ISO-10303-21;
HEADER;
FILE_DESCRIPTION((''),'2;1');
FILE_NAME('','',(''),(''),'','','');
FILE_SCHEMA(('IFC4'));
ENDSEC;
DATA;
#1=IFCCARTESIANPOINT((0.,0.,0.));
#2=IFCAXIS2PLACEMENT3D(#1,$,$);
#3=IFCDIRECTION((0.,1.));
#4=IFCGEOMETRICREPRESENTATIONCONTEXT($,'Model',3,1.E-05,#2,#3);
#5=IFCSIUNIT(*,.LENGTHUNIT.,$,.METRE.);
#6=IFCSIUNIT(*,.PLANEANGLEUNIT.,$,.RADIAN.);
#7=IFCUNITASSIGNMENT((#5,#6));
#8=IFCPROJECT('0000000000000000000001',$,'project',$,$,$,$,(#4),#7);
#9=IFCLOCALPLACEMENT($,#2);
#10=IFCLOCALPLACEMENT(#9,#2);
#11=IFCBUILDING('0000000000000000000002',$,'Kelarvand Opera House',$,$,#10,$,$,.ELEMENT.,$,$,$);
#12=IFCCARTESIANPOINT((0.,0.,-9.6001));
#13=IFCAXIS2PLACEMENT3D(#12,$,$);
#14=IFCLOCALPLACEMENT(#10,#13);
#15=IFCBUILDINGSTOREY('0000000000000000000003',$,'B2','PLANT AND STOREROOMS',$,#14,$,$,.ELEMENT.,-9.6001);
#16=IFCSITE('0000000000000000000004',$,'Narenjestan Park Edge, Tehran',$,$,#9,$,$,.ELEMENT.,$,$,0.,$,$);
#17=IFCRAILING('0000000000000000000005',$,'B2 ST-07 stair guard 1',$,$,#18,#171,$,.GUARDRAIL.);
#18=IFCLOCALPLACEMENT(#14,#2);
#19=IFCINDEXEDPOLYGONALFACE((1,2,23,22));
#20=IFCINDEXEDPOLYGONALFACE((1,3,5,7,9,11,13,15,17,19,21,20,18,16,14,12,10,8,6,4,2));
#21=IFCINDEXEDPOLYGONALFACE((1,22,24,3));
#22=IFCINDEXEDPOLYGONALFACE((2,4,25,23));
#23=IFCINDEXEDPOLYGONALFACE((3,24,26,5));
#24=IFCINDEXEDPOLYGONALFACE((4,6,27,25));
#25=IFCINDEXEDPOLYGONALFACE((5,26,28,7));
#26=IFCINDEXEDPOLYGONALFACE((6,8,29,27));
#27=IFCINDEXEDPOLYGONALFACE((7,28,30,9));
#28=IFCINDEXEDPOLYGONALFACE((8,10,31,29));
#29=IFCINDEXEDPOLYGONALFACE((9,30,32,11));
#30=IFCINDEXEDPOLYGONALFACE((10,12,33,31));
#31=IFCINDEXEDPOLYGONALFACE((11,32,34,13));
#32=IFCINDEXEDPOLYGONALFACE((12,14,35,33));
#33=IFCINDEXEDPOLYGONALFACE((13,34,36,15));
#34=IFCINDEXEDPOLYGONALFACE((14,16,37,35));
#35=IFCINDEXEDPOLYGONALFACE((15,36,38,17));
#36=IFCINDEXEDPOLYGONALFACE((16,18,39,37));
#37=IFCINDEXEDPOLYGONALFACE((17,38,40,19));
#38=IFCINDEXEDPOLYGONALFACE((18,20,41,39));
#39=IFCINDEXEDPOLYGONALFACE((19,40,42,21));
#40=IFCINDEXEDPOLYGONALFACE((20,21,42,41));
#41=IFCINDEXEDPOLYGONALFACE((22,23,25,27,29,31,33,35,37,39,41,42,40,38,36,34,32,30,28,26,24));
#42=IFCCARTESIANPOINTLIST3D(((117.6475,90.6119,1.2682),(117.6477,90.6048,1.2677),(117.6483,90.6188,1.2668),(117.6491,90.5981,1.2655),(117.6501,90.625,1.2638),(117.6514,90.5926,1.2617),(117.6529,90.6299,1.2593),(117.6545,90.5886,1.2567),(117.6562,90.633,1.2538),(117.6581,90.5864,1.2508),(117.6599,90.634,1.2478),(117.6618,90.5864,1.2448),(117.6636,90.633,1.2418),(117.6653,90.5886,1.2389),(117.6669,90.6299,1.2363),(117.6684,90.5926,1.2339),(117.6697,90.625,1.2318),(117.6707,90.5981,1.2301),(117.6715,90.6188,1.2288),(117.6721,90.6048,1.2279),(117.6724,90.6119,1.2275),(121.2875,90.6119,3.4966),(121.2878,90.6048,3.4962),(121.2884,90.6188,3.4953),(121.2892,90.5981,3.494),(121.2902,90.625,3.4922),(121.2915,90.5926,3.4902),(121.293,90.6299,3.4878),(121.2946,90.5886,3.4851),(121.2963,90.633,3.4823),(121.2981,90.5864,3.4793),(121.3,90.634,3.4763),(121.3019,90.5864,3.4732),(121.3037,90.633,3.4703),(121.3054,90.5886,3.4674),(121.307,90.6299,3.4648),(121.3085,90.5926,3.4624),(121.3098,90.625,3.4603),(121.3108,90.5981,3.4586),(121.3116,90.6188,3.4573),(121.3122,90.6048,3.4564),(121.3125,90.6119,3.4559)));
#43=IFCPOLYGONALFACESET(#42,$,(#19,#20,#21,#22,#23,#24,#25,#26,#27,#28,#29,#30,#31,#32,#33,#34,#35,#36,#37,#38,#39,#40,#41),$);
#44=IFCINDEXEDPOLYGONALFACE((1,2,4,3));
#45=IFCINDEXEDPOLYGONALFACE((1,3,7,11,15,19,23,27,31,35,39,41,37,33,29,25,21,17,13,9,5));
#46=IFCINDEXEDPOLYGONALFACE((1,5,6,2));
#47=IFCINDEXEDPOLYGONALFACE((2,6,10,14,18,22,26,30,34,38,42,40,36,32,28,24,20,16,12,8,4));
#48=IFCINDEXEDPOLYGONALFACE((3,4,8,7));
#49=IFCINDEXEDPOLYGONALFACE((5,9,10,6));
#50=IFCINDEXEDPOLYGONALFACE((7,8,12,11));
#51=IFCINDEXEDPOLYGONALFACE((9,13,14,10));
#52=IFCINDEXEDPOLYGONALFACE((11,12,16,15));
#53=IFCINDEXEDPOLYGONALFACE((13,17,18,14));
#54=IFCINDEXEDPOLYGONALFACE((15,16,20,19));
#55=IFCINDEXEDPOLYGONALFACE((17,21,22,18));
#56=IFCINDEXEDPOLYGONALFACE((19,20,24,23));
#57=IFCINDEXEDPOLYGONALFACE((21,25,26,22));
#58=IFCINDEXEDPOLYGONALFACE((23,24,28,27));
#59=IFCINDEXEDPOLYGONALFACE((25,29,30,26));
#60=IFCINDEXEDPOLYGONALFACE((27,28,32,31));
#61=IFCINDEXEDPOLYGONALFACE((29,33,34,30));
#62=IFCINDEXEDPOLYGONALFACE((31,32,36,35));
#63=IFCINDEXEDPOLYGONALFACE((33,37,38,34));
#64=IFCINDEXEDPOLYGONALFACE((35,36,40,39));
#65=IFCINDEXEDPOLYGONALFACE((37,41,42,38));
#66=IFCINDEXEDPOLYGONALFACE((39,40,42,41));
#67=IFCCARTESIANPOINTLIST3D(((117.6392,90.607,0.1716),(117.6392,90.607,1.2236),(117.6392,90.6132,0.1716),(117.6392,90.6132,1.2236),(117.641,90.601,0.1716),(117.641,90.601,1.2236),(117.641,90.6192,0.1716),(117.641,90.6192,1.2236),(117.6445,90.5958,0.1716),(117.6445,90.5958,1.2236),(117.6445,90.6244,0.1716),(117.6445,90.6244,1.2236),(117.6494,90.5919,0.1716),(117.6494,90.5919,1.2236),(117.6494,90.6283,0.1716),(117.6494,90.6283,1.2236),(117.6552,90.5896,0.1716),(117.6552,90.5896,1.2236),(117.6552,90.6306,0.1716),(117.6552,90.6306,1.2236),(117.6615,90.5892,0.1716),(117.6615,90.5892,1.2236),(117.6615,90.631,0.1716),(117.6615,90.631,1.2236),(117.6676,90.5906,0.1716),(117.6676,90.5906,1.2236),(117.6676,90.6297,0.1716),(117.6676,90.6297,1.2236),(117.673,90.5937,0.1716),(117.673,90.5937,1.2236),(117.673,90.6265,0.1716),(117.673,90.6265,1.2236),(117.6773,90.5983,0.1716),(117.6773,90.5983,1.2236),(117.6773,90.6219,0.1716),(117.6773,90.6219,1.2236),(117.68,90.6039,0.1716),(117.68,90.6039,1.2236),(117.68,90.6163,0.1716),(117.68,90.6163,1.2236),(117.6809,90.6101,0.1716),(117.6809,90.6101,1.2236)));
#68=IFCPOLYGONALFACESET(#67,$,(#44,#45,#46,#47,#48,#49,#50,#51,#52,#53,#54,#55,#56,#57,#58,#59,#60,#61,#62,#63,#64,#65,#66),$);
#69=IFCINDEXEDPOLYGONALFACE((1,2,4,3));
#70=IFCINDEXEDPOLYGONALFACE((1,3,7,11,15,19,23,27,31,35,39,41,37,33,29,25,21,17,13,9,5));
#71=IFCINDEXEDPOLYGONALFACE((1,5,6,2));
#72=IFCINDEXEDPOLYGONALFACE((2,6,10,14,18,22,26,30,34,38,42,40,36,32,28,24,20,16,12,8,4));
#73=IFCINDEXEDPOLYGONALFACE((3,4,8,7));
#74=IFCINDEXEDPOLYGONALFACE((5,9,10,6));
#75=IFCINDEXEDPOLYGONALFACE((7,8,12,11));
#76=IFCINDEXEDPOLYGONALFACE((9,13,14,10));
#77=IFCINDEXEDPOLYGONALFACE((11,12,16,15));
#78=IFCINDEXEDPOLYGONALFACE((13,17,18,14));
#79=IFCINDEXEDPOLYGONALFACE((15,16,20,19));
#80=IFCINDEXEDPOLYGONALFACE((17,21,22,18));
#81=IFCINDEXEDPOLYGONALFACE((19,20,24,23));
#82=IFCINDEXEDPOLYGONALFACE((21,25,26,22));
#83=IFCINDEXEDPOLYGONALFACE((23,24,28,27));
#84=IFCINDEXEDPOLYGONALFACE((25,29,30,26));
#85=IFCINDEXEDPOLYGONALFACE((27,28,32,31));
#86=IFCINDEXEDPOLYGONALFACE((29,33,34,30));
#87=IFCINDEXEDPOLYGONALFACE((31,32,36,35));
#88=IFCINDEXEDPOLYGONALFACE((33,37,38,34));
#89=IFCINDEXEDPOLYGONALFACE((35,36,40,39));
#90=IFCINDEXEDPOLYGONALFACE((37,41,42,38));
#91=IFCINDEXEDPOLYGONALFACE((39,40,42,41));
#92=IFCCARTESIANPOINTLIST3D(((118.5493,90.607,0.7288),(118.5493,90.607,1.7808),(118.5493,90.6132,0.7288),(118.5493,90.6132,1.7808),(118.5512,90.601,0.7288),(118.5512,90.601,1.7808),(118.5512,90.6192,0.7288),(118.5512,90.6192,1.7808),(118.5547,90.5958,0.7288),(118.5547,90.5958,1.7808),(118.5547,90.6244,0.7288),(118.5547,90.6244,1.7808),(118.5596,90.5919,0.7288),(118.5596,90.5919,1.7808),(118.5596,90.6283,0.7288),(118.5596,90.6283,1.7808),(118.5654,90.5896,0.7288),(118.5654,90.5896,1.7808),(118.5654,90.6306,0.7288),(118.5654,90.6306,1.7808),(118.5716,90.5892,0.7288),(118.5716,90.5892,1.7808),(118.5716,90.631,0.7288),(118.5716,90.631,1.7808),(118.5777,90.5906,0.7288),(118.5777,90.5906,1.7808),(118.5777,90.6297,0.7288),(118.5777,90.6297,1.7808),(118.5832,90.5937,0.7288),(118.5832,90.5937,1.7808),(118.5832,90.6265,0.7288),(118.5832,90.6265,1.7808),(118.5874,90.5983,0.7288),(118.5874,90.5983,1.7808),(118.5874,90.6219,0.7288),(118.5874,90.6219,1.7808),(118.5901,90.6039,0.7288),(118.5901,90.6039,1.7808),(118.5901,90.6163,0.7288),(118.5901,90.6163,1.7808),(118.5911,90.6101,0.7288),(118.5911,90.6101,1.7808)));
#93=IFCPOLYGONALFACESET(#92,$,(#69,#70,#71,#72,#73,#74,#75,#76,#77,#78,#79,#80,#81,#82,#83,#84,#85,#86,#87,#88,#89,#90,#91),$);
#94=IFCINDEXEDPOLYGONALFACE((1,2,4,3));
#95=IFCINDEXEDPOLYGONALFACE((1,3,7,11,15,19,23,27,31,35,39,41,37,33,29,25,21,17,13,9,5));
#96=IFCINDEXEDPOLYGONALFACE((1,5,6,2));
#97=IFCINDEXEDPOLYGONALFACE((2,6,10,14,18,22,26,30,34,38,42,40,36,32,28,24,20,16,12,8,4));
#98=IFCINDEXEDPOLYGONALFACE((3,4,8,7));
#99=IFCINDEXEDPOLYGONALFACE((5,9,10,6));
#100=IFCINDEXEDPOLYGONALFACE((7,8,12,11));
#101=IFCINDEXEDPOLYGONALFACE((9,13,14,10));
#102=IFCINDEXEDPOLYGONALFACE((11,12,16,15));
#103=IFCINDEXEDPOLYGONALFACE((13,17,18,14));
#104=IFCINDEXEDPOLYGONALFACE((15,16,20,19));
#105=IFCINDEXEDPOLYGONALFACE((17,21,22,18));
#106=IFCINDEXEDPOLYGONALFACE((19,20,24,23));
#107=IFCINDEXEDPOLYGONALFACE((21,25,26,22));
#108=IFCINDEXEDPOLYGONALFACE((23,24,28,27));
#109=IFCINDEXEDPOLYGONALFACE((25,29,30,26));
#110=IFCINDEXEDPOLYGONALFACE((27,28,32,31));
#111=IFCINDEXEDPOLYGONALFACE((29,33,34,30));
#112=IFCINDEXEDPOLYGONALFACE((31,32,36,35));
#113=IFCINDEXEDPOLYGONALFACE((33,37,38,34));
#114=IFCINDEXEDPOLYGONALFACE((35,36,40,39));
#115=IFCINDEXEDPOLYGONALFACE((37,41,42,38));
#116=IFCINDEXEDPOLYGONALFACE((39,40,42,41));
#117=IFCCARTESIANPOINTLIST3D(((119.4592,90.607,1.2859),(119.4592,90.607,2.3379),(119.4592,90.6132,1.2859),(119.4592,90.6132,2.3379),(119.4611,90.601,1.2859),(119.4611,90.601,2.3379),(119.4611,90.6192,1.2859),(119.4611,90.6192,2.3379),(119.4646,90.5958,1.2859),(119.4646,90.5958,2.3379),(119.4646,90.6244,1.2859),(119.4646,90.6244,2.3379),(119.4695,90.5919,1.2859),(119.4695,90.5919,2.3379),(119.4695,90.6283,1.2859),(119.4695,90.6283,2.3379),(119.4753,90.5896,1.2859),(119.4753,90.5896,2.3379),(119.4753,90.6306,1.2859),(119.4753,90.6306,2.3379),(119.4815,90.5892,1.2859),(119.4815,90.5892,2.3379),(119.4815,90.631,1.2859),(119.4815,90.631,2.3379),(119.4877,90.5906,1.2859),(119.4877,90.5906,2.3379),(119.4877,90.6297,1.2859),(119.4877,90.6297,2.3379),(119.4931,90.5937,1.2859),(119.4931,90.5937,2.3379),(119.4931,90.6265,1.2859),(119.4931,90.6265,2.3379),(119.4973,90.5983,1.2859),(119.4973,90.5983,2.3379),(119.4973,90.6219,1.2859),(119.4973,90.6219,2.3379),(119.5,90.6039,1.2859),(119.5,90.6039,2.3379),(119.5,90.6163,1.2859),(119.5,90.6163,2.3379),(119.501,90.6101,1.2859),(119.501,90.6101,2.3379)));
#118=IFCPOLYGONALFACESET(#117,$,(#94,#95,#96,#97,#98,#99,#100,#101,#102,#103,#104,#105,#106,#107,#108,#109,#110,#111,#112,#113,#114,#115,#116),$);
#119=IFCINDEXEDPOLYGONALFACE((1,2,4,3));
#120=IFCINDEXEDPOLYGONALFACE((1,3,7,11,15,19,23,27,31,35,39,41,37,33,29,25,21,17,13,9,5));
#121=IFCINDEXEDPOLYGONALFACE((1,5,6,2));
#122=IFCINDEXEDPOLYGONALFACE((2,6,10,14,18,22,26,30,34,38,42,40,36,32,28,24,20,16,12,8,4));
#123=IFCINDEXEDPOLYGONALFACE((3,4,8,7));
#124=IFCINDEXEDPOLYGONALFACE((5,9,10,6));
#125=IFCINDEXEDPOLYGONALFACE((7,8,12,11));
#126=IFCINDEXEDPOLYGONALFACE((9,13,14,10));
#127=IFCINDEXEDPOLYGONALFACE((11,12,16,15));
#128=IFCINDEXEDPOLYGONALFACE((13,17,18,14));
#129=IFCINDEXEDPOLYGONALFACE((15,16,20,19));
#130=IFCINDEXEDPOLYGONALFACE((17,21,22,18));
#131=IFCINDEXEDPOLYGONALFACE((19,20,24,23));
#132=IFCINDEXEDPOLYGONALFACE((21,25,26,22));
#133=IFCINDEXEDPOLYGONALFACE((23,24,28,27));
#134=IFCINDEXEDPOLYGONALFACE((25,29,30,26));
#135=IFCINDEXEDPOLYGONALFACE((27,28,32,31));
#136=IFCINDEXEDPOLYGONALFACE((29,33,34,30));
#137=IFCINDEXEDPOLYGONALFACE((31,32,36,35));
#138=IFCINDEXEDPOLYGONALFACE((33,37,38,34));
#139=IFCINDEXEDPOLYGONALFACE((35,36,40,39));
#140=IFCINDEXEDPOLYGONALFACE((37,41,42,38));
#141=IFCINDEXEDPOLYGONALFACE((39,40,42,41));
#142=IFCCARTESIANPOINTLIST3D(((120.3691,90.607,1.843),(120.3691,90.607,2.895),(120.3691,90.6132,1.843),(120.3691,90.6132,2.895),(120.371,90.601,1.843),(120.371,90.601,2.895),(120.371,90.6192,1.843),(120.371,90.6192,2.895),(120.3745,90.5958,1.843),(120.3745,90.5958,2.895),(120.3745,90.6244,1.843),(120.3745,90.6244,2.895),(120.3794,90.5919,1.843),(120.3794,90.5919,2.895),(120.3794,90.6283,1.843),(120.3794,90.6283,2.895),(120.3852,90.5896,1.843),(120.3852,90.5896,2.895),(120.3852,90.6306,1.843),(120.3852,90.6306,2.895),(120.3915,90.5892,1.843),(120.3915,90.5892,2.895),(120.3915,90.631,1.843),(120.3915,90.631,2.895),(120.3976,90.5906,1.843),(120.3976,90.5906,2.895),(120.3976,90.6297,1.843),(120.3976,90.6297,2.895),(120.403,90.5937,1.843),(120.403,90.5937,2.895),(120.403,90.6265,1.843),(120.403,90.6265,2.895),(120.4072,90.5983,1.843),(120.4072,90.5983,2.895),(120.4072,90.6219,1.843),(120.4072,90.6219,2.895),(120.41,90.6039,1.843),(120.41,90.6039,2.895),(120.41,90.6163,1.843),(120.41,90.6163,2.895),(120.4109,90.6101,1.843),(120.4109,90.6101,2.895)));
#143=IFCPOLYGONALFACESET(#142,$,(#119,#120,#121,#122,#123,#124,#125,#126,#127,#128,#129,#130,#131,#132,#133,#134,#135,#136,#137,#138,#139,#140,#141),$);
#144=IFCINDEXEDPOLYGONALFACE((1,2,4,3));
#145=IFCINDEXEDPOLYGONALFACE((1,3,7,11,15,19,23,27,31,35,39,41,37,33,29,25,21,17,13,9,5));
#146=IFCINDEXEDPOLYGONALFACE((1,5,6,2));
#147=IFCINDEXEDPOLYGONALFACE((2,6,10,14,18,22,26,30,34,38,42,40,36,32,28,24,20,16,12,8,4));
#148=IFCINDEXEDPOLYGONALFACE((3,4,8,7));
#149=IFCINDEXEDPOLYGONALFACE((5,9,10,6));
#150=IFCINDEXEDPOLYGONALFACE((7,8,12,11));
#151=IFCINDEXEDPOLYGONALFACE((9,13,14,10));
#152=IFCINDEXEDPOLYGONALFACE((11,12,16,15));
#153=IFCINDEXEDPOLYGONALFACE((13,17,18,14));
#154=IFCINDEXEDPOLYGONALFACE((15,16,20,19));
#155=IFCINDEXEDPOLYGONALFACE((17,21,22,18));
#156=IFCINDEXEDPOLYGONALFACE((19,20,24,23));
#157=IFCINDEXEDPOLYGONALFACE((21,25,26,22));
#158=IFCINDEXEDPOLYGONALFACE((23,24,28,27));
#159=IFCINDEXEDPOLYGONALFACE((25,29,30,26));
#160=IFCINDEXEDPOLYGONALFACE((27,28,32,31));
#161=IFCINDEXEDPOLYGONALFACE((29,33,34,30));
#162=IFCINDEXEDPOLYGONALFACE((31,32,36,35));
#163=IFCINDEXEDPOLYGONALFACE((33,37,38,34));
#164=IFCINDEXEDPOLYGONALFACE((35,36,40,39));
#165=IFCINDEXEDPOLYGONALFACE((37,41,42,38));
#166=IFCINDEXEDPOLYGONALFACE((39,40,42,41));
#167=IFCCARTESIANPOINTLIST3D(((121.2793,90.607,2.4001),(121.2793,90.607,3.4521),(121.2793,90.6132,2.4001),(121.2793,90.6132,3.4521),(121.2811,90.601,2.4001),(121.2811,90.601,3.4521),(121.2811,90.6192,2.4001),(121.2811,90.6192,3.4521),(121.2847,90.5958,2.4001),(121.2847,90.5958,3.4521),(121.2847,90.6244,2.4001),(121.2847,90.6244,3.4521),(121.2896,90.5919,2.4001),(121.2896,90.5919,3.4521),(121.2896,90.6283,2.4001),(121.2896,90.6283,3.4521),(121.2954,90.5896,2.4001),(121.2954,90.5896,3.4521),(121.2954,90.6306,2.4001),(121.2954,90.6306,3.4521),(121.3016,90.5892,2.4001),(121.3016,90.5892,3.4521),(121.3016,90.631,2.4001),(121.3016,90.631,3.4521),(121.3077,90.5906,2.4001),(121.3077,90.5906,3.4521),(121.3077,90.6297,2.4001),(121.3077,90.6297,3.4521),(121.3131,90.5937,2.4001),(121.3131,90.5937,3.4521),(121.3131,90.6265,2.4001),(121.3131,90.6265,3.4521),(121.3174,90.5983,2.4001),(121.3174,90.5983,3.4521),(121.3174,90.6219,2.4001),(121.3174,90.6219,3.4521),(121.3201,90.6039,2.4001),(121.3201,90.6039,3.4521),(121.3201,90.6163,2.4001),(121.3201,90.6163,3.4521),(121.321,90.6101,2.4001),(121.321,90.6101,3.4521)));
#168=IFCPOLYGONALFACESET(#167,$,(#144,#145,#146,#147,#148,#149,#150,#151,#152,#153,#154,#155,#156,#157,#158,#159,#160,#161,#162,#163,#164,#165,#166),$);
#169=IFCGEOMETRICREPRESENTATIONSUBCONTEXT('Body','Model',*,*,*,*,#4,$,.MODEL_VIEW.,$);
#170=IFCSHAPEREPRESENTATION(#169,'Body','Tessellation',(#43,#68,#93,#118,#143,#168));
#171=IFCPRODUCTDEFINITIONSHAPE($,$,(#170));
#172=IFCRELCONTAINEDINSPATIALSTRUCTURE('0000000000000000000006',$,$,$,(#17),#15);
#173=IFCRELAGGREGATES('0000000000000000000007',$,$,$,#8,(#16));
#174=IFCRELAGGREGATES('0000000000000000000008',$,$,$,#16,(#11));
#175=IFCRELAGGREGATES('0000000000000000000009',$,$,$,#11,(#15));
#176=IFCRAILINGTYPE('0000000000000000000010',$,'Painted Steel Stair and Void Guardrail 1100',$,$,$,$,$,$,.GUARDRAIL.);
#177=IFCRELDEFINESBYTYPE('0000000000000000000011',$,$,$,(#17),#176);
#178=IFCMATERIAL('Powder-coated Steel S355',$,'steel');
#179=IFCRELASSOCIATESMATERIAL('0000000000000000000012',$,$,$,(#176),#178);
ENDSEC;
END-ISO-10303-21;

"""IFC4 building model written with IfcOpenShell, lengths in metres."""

from ifc_helpers import new_model, si_unit, direction, frame, origin, origin_2d, place, context, subcontext, project, spatial, circle, extrude, material, type_object, element, save


model = new_model("IFC4")

# Units and contexts
model_context = context("Model", 3, precision=1e-05, world=origin(), true_north=direction((0.0, 1.0)))
body_context = subcontext(model_context, "Body", "Model", "MODEL_VIEW")
ifc_project = project(units=[si_unit("LENGTHUNIT", "METRE"), si_unit("PLANEANGLEUNIT", "RADIAN")], contexts=[model_context])

# Site, building, storey
site_placement = place(None, origin())
site = spatial("IfcSite", under=ifc_project, at=site_placement, Name="Narenjestan Park Edge, Tehran", CompositionType="ELEMENT", RefElevation=0.0)
building_placement = place(site_placement, origin())
building = spatial("IfcBuilding", under=site, at=building_placement, Name="Kelarvand Opera House", CompositionType="ELEMENT")
storey_placement = place(building_placement, frame((0.0, 0.0, -9.6001)))
storey = spatial("IfcBuildingStorey", under=building, at=storey_placement, Name="B2", Description="PLANT AND STOREROOMS", CompositionType="ELEMENT", Elevation=-9.6001)

# Railing
ifc_material_1 = material(Name="Powder-coated Steel S355", Category="steel")
railing_type_1 = type_object("IfcRailingType", Name="Painted Steel Stair and Void Guardrail 1100", PredefinedType="GUARDRAIL", material=ifc_material_1)
railing_1_placement = place(storey_placement, frame((117.6599, 90.6101, 0.1716)))
element("IfcRailing", 1, at=railing_1_placement, inside=storey, type_object=railing_type_1, Name="B2 ST-07 stair guard 1", PredefinedType="GUARDRAIL", context=body_context, shape_type="SweptSolid", body=[
    extrude(circle(Radius=0.0239, at=origin_2d()), frame((0.0, 0.0, 1.0762), z_axis=(0.852866, 0.0, 0.52213), x_axis=(0.0, 1.0, 0.0)), (0.0, 0.0, 1.0), 4.2681),
    extrude(circle(Radius=0.021, at=origin_2d()), origin(), (0.0, 0.0, 1.0), 1.052),
    extrude(circle(Radius=0.021, at=origin_2d()), frame((0.9102, 0.0, 0.5571)), (0.0, 0.0, 1.0), 1.052),
    extrude(circle(Radius=0.021, at=origin_2d()), frame((1.8201, 0.0, 1.1143)), (0.0, 0.0, 1.0), 1.052),
    extrude(circle(Radius=0.021, at=origin_2d()), frame((2.73, 0.0, 1.6714)), (0.0, 0.0, 1.0), 1.052),
    extrude(circle(Radius=0.021, at=origin_2d()), frame((3.6401, 0.0, 2.2285)), (0.0, 0.0, 1.0), 1.052),
])

save(model, "model.ifc")
